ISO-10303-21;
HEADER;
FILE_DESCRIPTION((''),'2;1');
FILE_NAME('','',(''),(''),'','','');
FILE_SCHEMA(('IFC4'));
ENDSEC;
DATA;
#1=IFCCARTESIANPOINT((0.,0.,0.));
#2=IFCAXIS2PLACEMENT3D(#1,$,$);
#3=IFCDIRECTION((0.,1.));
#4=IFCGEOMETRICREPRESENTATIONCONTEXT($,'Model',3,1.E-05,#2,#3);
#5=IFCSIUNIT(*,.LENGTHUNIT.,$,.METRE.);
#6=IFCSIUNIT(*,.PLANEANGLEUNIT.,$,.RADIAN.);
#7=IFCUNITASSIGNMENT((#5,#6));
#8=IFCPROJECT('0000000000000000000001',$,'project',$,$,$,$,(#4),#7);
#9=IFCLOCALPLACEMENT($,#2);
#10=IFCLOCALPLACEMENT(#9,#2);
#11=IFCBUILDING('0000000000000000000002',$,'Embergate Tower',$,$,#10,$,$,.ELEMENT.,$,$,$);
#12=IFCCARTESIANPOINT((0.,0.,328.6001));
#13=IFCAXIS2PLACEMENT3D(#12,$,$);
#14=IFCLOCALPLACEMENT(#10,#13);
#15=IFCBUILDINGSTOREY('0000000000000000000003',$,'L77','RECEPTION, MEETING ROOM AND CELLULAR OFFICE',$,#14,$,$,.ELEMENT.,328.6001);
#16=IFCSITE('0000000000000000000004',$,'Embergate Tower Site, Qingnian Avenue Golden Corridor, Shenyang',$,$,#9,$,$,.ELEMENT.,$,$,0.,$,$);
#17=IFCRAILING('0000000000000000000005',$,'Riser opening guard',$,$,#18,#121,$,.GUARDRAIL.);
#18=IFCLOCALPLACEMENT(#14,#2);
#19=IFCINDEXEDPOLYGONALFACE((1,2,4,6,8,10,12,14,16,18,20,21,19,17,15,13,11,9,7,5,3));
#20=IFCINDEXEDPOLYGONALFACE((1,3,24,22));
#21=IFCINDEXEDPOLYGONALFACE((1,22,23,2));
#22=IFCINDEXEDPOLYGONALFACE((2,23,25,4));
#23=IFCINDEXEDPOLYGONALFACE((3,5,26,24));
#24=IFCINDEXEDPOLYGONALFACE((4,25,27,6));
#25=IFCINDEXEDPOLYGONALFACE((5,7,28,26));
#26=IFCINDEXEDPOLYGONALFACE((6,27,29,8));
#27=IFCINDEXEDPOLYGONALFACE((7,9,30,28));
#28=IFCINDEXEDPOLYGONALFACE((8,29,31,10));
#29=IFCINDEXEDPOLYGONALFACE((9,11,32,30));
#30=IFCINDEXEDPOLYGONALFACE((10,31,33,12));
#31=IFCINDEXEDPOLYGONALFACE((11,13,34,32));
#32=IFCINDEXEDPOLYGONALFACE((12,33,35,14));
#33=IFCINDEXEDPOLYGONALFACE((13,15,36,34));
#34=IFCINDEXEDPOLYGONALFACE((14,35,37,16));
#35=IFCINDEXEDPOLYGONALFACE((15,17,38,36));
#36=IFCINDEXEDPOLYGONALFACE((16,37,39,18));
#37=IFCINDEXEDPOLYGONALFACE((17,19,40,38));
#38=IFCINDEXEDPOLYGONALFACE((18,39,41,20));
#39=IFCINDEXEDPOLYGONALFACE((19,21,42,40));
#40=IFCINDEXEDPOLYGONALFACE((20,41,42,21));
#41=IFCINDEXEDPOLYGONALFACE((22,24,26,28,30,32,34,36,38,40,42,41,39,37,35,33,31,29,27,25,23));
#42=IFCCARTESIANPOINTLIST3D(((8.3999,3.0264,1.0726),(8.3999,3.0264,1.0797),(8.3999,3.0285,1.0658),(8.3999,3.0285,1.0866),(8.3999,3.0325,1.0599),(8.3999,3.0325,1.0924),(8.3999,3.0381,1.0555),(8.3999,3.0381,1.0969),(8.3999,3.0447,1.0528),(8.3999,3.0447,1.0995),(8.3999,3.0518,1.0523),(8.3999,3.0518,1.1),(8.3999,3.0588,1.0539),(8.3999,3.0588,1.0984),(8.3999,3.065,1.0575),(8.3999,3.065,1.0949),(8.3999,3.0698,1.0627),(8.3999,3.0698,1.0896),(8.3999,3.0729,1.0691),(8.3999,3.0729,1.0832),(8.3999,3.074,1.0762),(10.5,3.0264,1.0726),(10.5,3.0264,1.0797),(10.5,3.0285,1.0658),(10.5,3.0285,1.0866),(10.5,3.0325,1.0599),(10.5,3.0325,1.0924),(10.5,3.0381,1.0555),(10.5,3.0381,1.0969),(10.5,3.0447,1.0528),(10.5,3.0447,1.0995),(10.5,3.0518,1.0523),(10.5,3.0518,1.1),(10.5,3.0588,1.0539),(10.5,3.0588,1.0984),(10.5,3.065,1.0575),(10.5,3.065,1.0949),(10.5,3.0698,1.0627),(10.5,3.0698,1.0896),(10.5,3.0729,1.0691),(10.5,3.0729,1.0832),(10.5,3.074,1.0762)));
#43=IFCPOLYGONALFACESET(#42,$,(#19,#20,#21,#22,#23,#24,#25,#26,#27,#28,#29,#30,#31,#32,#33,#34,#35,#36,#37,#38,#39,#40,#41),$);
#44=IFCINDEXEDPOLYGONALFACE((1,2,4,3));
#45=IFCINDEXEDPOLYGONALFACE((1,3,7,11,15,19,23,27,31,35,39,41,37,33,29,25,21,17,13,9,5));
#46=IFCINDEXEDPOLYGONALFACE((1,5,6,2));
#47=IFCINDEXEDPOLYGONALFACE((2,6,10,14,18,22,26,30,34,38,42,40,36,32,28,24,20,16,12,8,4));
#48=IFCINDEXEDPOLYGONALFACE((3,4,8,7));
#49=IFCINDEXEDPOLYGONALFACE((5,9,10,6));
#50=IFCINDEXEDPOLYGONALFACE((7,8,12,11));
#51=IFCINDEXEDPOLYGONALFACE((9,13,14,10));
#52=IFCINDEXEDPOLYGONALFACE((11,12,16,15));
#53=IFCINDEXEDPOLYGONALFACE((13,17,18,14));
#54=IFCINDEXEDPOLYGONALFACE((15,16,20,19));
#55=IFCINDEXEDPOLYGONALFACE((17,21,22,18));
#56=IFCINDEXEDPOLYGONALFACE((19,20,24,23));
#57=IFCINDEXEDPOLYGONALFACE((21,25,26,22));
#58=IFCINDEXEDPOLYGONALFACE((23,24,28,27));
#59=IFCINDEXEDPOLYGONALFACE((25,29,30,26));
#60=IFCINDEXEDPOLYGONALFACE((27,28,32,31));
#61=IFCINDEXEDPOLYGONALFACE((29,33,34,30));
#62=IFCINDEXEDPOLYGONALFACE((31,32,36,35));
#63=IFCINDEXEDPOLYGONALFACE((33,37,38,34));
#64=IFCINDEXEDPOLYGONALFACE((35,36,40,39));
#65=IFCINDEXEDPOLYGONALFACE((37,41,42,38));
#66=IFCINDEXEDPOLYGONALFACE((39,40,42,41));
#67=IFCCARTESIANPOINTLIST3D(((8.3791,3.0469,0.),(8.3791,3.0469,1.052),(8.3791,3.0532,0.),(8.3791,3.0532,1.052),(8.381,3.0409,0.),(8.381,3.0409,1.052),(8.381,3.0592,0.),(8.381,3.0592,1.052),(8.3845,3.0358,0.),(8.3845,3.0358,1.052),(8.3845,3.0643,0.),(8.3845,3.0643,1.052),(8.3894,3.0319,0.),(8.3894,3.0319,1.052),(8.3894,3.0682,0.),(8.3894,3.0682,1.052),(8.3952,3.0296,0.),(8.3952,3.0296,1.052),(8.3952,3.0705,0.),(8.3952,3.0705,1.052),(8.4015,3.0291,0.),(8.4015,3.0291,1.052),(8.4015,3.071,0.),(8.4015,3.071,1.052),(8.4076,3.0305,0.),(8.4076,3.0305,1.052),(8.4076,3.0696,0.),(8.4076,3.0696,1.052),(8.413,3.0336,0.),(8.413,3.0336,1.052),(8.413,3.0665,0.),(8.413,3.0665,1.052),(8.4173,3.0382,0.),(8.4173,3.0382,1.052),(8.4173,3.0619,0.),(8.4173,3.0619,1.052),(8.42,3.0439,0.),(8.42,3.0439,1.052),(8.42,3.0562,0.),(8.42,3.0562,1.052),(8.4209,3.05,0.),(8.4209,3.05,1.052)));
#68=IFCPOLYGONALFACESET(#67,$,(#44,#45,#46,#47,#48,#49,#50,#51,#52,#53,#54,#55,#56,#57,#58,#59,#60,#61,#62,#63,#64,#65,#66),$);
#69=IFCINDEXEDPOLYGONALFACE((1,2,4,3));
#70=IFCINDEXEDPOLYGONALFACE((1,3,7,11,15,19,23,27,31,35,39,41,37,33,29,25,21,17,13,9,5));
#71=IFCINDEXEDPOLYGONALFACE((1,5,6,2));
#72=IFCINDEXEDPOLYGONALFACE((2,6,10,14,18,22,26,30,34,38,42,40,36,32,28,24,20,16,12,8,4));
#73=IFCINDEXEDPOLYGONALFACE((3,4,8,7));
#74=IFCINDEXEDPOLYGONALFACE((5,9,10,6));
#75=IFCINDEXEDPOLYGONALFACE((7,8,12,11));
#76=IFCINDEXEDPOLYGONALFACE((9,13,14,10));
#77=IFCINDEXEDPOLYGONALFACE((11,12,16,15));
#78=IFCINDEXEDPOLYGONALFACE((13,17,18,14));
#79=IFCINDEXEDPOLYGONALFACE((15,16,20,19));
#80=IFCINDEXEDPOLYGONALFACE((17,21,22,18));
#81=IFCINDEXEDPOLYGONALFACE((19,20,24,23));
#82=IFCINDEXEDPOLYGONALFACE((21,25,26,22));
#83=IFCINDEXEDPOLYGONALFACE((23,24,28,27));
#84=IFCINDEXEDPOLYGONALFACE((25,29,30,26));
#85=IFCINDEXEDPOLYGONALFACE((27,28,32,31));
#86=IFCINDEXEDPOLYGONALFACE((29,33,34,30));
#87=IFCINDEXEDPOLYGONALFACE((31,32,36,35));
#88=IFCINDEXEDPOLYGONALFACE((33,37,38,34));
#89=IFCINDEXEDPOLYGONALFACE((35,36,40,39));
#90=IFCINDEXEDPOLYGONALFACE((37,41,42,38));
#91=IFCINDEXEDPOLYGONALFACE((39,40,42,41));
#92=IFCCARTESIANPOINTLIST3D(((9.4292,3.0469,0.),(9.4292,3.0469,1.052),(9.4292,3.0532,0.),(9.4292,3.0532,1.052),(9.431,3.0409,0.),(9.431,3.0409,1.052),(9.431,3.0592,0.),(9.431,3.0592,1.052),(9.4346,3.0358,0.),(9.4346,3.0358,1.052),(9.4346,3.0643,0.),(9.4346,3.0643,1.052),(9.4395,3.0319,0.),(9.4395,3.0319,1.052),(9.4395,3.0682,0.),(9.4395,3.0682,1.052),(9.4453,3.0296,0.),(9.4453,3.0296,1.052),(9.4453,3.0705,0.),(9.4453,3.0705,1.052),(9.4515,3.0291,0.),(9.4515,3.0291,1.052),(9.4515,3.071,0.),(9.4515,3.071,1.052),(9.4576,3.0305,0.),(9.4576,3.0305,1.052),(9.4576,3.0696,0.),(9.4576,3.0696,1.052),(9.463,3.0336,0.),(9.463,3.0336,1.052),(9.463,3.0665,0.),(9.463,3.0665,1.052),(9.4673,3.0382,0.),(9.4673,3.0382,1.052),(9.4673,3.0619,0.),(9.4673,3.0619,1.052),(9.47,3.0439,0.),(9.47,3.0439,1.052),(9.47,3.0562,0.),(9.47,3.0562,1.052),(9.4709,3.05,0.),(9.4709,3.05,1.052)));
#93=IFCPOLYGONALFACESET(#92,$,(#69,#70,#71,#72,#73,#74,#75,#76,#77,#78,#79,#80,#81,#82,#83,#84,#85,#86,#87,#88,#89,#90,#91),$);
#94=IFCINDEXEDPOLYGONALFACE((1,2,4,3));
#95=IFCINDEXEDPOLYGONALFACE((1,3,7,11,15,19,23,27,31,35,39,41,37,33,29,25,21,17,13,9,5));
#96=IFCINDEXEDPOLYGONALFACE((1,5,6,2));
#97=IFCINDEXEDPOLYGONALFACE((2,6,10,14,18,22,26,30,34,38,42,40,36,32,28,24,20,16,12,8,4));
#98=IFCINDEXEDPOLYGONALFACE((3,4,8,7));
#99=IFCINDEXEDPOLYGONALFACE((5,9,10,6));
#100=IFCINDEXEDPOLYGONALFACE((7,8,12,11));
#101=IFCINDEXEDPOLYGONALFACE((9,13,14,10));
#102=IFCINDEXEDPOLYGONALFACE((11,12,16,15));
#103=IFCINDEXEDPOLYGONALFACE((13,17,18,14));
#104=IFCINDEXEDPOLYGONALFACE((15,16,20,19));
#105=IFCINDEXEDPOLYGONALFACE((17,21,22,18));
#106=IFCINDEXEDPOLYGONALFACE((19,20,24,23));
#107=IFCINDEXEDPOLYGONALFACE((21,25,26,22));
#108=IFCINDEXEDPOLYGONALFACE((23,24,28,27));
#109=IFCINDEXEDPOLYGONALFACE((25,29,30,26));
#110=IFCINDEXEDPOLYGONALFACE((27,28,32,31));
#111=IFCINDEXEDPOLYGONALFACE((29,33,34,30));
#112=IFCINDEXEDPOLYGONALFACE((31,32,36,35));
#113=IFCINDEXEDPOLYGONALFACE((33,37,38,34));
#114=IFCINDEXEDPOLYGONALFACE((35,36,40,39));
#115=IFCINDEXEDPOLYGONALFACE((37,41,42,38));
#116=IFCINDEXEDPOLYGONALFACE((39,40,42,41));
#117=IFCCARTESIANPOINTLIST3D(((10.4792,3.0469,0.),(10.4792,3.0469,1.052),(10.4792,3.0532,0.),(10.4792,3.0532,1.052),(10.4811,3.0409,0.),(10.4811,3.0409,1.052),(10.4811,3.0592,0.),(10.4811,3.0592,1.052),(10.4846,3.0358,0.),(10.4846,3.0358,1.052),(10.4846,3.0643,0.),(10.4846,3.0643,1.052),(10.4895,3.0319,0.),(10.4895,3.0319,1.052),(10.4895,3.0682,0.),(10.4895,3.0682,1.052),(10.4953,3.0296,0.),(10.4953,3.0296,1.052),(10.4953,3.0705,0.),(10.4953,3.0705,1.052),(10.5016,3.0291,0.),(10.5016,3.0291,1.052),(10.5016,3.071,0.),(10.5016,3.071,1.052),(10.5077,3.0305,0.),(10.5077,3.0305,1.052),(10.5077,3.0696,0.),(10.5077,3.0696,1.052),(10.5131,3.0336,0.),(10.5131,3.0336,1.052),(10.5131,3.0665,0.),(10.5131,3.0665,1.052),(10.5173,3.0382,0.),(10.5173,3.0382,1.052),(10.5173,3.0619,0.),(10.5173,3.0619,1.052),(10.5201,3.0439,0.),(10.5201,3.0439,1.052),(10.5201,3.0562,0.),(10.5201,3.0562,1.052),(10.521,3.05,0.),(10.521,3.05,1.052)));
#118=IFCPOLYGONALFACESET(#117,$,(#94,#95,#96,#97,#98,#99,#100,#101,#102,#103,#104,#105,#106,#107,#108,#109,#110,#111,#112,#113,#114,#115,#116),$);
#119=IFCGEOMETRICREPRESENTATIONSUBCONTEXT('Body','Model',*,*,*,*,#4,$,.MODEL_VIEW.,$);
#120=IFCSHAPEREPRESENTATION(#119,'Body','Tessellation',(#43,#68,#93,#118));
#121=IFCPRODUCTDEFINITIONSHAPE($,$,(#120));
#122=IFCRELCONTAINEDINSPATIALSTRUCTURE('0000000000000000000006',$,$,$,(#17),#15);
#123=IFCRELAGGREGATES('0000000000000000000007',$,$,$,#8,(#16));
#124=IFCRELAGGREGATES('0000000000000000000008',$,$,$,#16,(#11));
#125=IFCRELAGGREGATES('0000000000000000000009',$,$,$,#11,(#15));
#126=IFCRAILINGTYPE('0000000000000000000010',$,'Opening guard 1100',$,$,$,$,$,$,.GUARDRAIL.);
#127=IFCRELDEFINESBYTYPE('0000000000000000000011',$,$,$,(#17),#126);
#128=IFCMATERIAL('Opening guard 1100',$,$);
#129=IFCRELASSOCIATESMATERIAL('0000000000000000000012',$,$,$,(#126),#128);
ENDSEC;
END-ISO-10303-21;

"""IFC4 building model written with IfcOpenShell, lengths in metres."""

from ifc_helpers import new_model, si_unit, direction, frame, origin, origin_2d, place, context, subcontext, project, spatial, circle, extrude, source, transform, mapped, material, type_object, element, save


model = new_model("IFC4")

# Units and contexts
model_context = context("Model", 3, precision=1e-05, world=origin(), true_north=direction((0.0, 1.0)))
body_context = subcontext(model_context, "Body", "Model", "MODEL_VIEW")
ifc_project = project(units=[si_unit("LENGTHUNIT", "METRE"), si_unit("PLANEANGLEUNIT", "RADIAN")], contexts=[model_context])

# Site, building, storey
site_placement = place(None, origin())
site = spatial("IfcSite", under=ifc_project, at=site_placement, Name="Embergate Tower Site, Qingnian Avenue Golden Corridor, Shenyang", CompositionType="ELEMENT", RefElevation=0.0)
building_placement = place(site_placement, origin())
building = spatial("IfcBuilding", under=site, at=building_placement, Name="Embergate Tower", CompositionType="ELEMENT")
storey_placement = place(building_placement, frame((0.0, 0.0, 328.6001)))
storey = spatial("IfcBuildingStorey", under=building, at=storey_placement, Name="L77", Description="RECEPTION, MEETING ROOM AND CELLULAR OFFICE", CompositionType="ELEMENT", Elevation=328.6001)

# Railing
ifc_material_1 = material(Name="Opening guard 1100")
railing_type = type_object("IfcRailingType", Name="Opening guard 1100", PredefinedType="GUARDRAIL", material=ifc_material_1)
shared_shape_1 = source(origin(), body_context, "Body", "SweptSolid", [
    extrude(circle(Radius=0.0239, at=origin_2d()), frame((0.0, 0.0, 1.0762), z_axis=(1.0, 0.0, 0.0), x_axis=(0.0, 1.0, 0.0)), (0.0, 0.0, 1.0), 2.1001),
    extrude(circle(Radius=0.021, at=origin_2d()), origin(), (0.0, 0.0, 1.0), 1.052),
    extrude(circle(Radius=0.021, at=origin_2d()), frame((1.05, 0.0, 0.0)), (0.0, 0.0, 1.0), 1.052),
    extrude(circle(Radius=0.021, at=origin_2d()), frame((2.1001, 0.0, 0.0)), (0.0, 0.0, 1.0), 1.052),
])
railing_1_placement = place(storey_placement, frame((8.3999, 3.05, 0.0)))
element("IfcRailing", 1, at=railing_1_placement, inside=storey, type_object=railing_type, Name="Riser opening guard", PredefinedType="GUARDRAIL", context=body_context, shape_type="MappedRepresentation", body=[
    mapped(shared_shape_1, transform((0.0, 0.0, 0.0))),
])

save(model, "model.ifc")
